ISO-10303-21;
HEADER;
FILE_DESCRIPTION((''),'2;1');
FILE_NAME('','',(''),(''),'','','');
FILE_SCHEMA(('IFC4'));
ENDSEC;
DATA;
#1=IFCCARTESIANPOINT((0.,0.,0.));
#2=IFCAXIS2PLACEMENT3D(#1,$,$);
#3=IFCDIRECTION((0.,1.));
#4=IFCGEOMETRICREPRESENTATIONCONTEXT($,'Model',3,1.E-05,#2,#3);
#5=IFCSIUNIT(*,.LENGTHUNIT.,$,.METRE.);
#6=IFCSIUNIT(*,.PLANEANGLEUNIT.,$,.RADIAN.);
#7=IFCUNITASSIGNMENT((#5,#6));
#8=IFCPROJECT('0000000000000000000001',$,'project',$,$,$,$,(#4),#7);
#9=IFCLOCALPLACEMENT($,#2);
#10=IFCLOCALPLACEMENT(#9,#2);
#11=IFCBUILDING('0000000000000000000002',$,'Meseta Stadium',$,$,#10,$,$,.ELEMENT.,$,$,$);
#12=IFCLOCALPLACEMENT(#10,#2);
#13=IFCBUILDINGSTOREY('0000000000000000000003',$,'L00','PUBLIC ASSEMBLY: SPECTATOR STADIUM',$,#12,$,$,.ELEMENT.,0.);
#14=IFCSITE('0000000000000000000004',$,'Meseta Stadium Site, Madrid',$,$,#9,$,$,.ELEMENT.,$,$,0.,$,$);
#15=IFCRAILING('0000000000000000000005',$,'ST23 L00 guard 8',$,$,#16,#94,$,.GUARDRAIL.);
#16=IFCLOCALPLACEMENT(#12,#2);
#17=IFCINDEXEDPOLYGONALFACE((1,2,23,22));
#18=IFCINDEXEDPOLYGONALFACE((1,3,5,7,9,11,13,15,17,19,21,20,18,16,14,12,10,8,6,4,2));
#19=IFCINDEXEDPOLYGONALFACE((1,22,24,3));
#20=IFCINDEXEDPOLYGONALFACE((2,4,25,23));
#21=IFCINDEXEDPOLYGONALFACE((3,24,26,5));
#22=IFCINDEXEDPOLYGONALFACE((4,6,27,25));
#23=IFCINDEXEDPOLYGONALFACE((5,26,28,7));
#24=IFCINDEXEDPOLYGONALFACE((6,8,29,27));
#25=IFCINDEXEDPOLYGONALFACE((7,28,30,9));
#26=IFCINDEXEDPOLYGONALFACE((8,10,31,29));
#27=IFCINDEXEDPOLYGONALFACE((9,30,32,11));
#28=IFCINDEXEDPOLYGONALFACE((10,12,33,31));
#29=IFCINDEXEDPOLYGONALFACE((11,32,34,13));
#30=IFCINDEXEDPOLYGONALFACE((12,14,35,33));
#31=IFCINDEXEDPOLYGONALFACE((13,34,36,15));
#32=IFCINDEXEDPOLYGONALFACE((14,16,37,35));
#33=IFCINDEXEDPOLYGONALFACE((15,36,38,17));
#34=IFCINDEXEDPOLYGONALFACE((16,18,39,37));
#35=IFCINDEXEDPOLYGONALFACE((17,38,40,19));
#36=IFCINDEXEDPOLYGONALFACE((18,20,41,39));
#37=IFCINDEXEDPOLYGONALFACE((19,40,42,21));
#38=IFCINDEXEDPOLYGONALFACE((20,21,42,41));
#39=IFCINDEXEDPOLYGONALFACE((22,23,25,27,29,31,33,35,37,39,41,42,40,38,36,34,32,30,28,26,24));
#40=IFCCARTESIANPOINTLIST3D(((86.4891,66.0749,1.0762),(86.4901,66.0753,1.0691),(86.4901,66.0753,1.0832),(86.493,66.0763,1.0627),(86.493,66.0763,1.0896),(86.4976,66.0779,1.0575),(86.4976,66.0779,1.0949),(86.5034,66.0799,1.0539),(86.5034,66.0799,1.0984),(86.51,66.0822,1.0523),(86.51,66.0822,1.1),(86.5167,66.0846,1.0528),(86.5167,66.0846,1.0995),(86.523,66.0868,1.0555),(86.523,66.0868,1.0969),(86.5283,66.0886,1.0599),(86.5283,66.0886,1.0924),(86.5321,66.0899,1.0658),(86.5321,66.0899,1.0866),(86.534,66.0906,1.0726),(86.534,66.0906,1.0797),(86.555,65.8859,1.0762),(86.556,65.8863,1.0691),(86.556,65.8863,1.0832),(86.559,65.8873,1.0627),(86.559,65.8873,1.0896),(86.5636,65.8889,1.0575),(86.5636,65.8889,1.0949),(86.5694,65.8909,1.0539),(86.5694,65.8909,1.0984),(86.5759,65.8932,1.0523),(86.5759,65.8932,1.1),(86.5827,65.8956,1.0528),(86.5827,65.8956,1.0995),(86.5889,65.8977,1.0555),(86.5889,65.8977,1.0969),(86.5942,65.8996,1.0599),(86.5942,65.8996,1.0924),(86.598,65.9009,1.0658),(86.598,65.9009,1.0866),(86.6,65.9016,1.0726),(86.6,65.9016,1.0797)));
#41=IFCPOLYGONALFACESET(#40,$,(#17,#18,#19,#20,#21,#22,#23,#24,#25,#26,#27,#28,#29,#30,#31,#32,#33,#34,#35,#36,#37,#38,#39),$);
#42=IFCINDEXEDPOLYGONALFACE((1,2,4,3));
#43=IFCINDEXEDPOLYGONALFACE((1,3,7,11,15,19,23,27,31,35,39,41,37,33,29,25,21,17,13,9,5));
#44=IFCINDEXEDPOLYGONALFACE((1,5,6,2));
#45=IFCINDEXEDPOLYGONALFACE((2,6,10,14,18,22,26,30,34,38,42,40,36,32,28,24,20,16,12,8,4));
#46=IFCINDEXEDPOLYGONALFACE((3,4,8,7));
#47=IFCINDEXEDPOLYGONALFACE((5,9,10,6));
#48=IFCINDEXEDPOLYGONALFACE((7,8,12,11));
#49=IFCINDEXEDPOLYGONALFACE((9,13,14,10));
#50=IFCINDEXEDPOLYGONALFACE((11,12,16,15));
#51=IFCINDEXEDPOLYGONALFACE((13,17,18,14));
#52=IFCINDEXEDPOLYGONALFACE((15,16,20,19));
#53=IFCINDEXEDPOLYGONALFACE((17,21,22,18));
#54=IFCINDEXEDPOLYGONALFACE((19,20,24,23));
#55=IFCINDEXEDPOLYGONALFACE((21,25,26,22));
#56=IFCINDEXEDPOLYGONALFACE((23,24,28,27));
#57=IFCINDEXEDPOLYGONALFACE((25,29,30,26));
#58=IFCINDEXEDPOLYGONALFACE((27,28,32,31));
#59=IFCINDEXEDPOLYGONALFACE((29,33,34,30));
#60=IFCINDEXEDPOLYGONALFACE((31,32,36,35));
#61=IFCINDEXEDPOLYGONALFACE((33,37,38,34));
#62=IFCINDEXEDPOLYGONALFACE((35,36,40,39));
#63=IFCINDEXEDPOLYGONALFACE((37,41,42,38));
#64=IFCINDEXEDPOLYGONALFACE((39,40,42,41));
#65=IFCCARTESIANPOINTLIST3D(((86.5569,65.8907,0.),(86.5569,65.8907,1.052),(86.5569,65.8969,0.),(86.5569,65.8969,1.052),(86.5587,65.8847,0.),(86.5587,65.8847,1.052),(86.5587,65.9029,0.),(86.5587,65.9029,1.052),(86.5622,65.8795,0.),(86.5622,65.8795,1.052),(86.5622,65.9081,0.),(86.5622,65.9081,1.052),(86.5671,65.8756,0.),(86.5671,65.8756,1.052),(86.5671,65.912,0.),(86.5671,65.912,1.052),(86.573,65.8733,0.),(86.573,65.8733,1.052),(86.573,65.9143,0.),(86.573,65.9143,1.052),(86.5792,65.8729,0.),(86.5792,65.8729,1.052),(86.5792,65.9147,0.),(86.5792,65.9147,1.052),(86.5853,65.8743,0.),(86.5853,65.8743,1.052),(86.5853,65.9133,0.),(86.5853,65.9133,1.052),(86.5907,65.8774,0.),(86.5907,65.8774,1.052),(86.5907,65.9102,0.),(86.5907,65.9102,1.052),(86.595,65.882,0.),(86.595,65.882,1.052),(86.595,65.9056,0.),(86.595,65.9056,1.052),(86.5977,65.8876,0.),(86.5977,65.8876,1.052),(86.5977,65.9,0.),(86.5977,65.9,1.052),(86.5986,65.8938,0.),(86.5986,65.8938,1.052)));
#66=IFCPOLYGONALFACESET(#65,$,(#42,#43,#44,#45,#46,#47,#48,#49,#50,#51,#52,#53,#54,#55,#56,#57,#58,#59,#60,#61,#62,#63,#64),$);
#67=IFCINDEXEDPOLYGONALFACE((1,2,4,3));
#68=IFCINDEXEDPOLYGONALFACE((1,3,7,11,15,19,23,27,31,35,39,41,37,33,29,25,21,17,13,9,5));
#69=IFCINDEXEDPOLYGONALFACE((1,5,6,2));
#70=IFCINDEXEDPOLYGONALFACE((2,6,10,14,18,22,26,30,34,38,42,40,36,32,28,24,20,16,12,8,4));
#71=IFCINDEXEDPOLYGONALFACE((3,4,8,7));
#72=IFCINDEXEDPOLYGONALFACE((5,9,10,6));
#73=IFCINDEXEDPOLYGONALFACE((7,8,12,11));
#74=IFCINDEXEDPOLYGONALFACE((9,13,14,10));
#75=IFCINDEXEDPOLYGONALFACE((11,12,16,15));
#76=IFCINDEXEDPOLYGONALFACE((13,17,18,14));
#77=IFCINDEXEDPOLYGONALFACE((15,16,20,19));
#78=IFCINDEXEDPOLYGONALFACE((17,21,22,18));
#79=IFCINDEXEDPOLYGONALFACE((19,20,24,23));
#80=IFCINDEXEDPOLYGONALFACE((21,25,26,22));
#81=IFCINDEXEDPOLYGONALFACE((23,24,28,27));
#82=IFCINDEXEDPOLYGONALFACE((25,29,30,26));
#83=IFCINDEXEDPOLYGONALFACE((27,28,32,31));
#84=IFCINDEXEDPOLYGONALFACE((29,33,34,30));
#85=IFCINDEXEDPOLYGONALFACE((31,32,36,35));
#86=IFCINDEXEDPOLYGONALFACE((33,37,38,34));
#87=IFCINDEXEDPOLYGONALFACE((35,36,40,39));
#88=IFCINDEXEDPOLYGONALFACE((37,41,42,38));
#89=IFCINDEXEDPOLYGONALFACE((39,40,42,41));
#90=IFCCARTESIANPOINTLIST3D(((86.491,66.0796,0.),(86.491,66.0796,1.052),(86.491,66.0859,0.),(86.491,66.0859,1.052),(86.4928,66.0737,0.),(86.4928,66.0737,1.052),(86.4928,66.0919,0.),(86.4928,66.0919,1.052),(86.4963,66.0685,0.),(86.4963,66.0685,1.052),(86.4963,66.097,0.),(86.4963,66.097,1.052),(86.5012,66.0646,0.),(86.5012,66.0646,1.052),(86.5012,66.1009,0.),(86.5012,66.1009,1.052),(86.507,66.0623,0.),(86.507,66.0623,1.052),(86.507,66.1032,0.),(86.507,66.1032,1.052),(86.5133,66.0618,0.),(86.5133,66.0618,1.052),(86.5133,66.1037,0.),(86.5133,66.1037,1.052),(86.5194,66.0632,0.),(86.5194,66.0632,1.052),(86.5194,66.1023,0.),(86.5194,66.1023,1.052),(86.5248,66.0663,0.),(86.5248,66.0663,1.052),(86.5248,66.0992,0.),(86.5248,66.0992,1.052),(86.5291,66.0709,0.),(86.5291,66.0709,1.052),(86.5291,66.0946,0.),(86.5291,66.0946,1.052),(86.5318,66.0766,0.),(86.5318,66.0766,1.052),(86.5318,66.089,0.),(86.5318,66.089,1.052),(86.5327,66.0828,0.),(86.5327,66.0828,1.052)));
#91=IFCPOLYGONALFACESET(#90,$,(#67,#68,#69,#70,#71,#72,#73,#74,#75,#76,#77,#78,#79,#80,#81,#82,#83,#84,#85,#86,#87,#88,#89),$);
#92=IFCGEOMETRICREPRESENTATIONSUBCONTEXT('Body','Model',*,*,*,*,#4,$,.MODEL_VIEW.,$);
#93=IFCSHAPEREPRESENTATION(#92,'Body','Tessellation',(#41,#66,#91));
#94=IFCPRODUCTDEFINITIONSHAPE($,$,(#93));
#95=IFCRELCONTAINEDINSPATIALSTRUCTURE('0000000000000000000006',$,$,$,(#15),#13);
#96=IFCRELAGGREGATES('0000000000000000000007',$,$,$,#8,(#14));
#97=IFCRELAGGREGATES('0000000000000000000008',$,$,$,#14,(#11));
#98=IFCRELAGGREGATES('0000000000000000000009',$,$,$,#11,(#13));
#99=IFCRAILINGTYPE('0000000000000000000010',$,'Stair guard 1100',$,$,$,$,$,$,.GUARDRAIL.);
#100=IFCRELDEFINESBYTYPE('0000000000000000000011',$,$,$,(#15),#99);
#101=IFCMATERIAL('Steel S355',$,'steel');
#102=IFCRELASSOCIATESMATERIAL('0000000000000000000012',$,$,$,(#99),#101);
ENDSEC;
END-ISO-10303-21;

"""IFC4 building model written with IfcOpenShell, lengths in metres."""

from ifc_helpers import new_model, si_unit, direction, frame, origin, origin_2d, place, context, subcontext, project, spatial, circle, extrude, material, type_object, element, save


model = new_model("IFC4")

# Units and contexts
model_context = context("Model", 3, precision=1e-05, world=origin(), true_north=direction((0.0, 1.0)))
body_context = subcontext(model_context, "Body", "Model", "MODEL_VIEW")
ifc_project = project(units=[si_unit("LENGTHUNIT", "METRE"), si_unit("PLANEANGLEUNIT", "RADIAN")], contexts=[model_context])

# Site, building, storey
site_placement = place(None, origin())
site = spatial("IfcSite", under=ifc_project, at=site_placement, Name="Meseta Stadium Site, Madrid", CompositionType="ELEMENT", RefElevation=0.0)
building_placement = place(site_placement, origin())
building = spatial("IfcBuilding", under=site, at=building_placement, Name="Meseta Stadium", CompositionType="ELEMENT")
storey_placement = place(building_placement, origin())
storey = spatial("IfcBuildingStorey", under=building, at=storey_placement, Name="L00", Description="PUBLIC ASSEMBLY: SPECTATOR STADIUM", CompositionType="ELEMENT", Elevation=0.0)

# Railing
ifc_material_1 = material(Name="Steel S355", Category="steel")
railing_type_1 = type_object("IfcRailingType", Name="Stair guard 1100", PredefinedType="GUARDRAIL", material=ifc_material_1)
railing_1_placement = place(storey_placement, frame((86.5776, 65.8938, 0.0)))
element("IfcRailing", 1, at=railing_1_placement, inside=storey, type_object=railing_type_1, Name="ST23 L00 guard 8", PredefinedType="GUARDRAIL", context=body_context, shape_type="SweptSolid", body=[
    extrude(circle(Radius=0.0239, at=origin_2d()), frame((0.0, 0.0, 1.0762), z_axis=(-0.329372, 0.9442, 0.0), x_axis=(-0.9442, -0.329372, 0.0)), (0.0, 0.0, 1.0), 0.2002),
    extrude(circle(Radius=0.021, at=origin_2d()), origin(), (0.0, 0.0, 1.0), 1.052),
    extrude(circle(Radius=0.021, at=origin_2d()), frame((-0.0659, 0.189, 0.0)), (0.0, 0.0, 1.0), 1.052),
])

save(model, "model.ifc")
